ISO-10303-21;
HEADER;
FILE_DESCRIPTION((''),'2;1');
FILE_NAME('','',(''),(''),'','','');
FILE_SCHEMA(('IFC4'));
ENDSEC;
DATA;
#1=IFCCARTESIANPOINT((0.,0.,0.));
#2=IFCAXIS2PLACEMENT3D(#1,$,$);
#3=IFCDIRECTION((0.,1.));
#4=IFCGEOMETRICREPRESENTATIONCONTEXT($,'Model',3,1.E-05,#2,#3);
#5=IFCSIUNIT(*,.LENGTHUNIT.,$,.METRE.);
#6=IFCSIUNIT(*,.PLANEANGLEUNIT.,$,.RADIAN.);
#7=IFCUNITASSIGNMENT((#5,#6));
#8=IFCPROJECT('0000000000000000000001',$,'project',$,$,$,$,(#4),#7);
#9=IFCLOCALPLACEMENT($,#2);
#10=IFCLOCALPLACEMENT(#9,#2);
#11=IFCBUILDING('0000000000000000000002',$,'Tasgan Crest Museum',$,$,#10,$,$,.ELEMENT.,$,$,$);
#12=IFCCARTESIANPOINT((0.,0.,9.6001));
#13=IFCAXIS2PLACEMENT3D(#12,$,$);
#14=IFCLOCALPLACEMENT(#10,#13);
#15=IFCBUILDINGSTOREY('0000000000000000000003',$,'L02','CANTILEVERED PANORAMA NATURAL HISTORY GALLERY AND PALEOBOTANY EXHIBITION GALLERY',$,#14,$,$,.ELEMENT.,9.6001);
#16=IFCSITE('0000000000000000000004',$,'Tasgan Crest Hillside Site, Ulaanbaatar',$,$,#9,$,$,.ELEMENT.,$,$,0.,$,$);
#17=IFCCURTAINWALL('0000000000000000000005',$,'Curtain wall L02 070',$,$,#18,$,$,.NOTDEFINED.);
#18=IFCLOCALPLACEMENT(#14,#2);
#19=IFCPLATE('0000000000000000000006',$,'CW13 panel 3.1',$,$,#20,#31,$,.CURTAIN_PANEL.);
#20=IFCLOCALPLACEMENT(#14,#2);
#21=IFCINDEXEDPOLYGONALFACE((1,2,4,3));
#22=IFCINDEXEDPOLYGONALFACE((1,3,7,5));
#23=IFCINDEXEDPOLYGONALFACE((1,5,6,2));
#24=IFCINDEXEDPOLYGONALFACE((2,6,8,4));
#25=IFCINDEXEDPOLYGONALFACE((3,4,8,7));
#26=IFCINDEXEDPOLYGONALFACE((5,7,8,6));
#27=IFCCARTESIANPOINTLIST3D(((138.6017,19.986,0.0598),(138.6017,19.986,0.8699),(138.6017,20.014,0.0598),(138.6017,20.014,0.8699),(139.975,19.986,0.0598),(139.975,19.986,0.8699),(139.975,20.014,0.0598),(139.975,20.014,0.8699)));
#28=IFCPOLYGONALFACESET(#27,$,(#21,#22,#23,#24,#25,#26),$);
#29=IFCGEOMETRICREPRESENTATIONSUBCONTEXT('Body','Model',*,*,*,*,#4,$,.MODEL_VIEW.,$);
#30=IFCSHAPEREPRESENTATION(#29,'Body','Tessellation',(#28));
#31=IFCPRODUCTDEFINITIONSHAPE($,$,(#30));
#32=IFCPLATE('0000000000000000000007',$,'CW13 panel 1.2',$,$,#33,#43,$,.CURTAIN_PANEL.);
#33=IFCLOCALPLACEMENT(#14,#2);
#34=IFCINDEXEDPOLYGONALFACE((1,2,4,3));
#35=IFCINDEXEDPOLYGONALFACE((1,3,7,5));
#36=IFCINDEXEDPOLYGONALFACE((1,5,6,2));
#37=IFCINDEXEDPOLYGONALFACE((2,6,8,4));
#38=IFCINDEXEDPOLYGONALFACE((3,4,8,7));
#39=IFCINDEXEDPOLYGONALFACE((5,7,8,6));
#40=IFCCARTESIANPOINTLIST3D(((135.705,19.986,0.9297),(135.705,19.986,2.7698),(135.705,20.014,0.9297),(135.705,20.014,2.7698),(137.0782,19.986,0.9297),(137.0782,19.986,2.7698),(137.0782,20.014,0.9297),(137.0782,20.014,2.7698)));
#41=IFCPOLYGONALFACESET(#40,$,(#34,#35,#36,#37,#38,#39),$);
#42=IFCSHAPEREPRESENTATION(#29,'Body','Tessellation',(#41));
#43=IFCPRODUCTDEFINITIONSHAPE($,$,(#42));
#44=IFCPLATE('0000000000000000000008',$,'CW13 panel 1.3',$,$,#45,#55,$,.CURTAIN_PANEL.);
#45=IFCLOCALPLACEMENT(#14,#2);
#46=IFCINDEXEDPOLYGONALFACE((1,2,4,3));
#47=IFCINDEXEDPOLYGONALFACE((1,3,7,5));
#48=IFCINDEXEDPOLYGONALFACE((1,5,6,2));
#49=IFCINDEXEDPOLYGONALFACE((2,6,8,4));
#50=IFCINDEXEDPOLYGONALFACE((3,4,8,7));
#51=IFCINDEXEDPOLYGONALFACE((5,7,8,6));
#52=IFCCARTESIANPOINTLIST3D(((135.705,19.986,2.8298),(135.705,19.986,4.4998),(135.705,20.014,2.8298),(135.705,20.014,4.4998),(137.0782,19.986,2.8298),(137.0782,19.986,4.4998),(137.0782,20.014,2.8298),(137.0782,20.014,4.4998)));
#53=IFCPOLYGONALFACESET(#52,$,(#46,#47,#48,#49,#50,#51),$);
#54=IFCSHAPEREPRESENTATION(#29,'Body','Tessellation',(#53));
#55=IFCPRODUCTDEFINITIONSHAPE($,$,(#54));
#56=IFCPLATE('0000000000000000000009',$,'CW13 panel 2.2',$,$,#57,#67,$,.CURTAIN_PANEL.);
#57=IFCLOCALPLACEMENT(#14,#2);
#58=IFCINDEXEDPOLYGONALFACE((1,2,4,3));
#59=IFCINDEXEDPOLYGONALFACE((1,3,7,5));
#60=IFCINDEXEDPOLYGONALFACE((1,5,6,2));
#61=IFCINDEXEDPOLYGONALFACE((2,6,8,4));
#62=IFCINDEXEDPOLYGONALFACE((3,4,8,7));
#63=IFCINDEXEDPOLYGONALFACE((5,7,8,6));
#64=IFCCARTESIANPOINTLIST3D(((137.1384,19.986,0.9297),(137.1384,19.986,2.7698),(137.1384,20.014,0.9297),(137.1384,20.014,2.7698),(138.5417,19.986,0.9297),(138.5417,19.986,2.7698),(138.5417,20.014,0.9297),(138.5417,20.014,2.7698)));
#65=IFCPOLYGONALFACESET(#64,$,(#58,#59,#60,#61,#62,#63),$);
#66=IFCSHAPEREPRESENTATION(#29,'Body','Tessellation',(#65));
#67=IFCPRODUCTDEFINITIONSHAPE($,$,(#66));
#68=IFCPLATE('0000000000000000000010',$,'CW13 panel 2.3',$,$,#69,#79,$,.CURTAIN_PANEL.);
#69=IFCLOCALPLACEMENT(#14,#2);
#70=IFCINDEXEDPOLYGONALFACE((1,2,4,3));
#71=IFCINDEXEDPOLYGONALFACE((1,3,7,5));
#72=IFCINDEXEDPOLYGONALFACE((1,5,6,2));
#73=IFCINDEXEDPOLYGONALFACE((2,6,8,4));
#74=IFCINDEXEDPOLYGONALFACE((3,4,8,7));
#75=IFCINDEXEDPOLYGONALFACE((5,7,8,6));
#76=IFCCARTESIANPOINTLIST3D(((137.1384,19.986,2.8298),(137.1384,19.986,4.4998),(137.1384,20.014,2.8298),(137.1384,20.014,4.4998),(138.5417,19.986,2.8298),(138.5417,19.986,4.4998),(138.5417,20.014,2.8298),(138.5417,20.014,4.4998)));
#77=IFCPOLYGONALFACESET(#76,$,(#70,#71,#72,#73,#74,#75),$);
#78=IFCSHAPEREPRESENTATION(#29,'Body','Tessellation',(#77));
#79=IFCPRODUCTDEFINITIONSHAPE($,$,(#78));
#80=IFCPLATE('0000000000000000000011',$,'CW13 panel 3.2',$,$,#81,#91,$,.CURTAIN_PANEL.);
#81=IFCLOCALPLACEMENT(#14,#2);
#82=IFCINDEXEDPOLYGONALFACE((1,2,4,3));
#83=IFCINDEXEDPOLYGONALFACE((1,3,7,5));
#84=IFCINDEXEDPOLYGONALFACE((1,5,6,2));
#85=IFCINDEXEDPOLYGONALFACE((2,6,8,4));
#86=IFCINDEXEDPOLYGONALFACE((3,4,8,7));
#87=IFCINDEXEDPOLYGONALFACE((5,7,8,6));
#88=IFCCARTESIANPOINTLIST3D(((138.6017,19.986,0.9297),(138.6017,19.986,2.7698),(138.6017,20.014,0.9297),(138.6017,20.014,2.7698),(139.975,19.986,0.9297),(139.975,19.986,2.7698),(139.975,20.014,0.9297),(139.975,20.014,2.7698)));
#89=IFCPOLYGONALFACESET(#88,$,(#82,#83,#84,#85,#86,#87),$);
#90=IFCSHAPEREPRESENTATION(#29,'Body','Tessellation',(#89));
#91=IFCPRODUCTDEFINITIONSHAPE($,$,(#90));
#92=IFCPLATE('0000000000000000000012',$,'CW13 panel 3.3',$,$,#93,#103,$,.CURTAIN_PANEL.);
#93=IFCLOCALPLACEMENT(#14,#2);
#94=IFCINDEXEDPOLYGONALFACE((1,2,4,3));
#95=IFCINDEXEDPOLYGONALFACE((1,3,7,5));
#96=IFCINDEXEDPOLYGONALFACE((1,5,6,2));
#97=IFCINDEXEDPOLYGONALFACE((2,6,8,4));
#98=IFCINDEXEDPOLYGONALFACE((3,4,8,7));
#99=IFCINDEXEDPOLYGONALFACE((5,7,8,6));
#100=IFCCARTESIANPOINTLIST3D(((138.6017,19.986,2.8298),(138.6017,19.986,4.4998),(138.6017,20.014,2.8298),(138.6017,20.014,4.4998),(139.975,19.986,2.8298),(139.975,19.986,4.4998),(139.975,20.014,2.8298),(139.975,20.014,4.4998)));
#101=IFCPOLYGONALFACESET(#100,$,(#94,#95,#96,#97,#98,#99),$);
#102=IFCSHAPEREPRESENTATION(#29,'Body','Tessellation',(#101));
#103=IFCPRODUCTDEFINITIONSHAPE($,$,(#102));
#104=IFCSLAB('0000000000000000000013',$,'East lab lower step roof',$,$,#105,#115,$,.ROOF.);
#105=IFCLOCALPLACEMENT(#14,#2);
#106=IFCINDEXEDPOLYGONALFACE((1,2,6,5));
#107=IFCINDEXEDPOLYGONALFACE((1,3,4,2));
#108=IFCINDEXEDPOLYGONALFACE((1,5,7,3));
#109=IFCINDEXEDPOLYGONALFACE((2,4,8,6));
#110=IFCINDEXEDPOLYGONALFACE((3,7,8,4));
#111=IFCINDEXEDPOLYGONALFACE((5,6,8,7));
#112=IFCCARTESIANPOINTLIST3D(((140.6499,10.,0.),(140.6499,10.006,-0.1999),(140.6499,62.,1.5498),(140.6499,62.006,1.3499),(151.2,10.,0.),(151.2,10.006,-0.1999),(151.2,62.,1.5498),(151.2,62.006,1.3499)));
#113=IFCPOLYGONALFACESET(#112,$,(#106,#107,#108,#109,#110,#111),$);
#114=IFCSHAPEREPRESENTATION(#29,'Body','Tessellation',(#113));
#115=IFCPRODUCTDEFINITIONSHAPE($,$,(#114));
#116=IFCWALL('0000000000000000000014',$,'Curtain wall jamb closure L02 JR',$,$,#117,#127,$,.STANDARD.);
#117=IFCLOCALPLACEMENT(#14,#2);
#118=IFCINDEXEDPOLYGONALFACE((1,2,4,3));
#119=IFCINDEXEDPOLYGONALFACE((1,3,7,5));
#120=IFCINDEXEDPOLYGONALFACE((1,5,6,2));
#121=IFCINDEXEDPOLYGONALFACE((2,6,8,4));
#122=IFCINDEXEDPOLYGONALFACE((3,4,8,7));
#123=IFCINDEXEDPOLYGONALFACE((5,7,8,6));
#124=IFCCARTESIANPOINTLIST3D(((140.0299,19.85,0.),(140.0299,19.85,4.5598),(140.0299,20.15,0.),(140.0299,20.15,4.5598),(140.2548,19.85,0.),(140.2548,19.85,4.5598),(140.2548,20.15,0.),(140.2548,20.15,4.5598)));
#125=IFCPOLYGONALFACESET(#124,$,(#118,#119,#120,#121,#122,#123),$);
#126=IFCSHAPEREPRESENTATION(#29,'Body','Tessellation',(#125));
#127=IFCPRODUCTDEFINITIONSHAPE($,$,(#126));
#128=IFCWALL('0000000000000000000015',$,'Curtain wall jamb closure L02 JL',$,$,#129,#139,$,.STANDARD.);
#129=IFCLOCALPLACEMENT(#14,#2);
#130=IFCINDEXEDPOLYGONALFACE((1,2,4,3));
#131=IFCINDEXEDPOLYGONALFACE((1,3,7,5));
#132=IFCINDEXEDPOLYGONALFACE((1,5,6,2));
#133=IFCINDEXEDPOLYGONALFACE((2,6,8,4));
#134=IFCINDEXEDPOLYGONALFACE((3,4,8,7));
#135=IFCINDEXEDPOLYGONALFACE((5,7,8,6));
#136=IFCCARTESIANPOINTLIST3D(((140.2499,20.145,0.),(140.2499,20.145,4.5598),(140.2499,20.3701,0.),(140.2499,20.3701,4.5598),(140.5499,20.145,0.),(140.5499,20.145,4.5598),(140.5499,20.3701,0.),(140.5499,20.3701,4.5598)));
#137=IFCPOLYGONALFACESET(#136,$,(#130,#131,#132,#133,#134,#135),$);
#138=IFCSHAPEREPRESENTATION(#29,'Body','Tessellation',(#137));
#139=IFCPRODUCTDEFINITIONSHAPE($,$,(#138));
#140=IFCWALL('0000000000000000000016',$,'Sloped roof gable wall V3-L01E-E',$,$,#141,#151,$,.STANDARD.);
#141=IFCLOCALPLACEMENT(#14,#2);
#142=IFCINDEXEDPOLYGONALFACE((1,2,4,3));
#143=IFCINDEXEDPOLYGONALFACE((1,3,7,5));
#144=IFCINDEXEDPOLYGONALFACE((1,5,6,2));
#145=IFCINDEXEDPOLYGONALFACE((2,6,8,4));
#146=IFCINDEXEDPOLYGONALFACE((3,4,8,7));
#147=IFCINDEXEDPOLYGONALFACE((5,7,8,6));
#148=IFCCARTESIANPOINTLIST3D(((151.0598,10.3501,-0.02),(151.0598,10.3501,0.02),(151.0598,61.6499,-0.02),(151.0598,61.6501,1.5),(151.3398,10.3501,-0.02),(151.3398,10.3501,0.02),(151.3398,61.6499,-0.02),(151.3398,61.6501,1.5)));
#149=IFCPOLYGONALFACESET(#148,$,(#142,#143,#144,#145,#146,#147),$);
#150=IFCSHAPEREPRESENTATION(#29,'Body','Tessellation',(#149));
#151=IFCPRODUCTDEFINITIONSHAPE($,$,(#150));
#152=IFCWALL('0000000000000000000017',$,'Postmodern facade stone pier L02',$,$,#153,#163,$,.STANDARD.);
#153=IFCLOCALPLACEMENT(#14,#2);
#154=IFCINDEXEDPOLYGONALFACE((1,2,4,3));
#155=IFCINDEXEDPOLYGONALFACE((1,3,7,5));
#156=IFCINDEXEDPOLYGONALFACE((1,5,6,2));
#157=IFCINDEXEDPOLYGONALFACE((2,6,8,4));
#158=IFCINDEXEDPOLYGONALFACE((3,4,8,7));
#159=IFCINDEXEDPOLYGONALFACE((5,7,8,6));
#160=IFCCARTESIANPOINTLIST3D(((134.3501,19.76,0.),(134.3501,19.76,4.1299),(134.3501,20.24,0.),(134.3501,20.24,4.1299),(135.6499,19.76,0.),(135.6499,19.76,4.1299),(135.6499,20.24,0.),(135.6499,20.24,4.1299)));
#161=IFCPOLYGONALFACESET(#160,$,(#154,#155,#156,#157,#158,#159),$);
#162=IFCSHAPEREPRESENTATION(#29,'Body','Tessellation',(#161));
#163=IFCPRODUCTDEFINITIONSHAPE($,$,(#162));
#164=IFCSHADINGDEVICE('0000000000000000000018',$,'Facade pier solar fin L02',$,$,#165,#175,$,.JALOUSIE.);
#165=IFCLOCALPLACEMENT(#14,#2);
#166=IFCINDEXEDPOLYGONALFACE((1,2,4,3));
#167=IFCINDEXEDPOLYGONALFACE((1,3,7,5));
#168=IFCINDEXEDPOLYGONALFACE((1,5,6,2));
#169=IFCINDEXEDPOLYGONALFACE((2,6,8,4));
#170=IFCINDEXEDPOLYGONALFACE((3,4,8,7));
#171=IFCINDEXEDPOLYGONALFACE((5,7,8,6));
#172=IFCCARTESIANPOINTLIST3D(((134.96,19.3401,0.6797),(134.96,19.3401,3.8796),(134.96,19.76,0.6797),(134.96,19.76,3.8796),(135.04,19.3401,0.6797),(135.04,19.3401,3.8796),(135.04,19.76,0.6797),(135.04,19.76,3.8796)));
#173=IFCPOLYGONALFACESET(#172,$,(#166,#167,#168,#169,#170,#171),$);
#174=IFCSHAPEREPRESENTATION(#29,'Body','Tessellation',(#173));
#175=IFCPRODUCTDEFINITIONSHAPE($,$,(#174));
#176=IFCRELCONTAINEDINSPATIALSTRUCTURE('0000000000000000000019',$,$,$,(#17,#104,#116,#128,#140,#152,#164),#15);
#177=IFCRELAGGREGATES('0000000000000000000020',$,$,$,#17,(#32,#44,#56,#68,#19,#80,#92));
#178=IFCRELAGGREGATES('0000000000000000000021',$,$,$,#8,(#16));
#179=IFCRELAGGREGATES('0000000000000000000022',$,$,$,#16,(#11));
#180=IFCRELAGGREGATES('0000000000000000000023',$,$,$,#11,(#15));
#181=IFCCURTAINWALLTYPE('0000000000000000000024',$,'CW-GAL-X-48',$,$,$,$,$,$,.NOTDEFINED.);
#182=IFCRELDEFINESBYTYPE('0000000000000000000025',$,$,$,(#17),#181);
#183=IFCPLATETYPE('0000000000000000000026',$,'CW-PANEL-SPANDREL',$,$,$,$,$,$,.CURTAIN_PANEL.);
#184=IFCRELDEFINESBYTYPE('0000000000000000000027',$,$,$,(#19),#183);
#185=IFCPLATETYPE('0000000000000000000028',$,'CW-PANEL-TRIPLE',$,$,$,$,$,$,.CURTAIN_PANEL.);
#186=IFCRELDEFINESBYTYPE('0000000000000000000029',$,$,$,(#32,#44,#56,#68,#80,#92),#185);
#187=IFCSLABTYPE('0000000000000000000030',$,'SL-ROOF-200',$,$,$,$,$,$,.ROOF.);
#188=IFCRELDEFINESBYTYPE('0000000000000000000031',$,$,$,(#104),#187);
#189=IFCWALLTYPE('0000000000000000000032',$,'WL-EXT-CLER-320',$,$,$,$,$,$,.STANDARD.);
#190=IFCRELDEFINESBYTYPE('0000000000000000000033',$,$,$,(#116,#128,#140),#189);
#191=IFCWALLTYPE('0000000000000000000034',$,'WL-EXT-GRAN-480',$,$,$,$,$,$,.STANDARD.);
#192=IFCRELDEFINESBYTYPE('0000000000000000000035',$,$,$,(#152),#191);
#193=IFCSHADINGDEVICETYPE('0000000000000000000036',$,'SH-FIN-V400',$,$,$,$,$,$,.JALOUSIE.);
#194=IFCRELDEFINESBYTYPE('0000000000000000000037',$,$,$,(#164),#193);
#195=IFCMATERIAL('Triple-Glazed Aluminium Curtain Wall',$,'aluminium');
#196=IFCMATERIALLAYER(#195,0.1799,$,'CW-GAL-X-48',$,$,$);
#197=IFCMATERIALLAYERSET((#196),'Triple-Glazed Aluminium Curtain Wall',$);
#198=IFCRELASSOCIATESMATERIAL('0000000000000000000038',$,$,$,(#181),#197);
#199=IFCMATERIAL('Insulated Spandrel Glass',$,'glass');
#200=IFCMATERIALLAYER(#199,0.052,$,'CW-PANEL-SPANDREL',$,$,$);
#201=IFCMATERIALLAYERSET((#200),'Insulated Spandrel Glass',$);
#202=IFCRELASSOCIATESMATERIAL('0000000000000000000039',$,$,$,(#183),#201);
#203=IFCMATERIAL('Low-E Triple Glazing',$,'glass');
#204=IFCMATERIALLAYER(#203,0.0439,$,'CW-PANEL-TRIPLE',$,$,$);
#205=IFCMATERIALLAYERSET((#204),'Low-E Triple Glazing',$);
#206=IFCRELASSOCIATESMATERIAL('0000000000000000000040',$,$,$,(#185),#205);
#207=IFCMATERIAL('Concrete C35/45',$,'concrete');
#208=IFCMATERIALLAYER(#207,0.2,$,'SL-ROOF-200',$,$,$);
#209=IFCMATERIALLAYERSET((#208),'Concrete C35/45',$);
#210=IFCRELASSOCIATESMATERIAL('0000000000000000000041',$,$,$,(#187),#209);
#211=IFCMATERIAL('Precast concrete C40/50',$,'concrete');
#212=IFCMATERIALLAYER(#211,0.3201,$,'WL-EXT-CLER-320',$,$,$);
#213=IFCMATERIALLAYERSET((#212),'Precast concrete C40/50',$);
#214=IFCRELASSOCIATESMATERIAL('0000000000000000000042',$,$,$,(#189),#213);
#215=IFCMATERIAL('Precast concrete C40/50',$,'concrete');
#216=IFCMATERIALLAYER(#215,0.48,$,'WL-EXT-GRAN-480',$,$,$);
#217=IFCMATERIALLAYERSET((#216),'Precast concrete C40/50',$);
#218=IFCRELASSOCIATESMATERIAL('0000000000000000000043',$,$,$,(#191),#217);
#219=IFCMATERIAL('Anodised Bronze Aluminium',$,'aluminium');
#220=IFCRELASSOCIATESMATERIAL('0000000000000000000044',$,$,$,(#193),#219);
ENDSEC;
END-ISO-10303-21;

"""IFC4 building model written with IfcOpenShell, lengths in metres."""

from ifc_helpers import new_model, si_unit, direction, frame, frame_2d, origin, origin_2d, place, context, subcontext, project, spatial, polyline, rectangle, outline, extrude, material, layer, layer_set, type_object, element, aggregate, save


model = new_model("IFC4")

# Units and contexts
model_context = context("Model", 3, precision=1e-05, world=origin(), true_north=direction((0.0, 1.0)))
body_context = subcontext(model_context, "Body", "Model", "MODEL_VIEW")
ifc_project = project(units=[si_unit("LENGTHUNIT", "METRE"), si_unit("PLANEANGLEUNIT", "RADIAN")], contexts=[model_context])

# Site, building, storey
site_placement = place(None, origin())
site = spatial("IfcSite", under=ifc_project, at=site_placement, Name="Tasgan Crest Hillside Site, Ulaanbaatar", CompositionType="ELEMENT", RefElevation=0.0)
building_placement = place(site_placement, origin())
building = spatial("IfcBuilding", under=site, at=building_placement, Name="Tasgan Crest Museum", CompositionType="ELEMENT")
storey_placement = place(building_placement, frame((0.0, 0.0, 9.6001)))
storey = spatial("IfcBuildingStorey", under=building, at=storey_placement, Name="L02", Description="CANTILEVERED PANORAMA NATURAL HISTORY GALLERY AND PALEOBOTANY EXHIBITION GALLERY", CompositionType="ELEMENT", Elevation=9.6001)

# Shared definitions
ifc_material_1 = material(Name="Triple-Glazed Aluminium Curtain Wall", Category="aluminium")
ifc_layer_1 = layer(ifc_material_1, 0.1799, Name="CW-GAL-X-48")
ifc_layer_set_1 = layer_set([ifc_layer_1], Name="Triple-Glazed Aluminium Curtain Wall")
curtain_wall_type = type_object("IfcCurtainWallType", Name="CW-GAL-X-48", PredefinedType="NOTDEFINED", material=ifc_layer_set_1)

# Curtain wall, plates
curtain_wall_1_placement = place(storey_placement, origin())
curtain_wall_1 = element("IfcCurtainWall", 1, at=curtain_wall_1_placement, inside=storey, type_object=curtain_wall_type, Name="Curtain wall L02 070", PredefinedType="NOTDEFINED")
ifc_material_2 = material(Name="Insulated Spandrel Glass", Category="glass")
ifc_layer_2 = layer(ifc_material_2, 0.052, Name="CW-PANEL-SPANDREL")
ifc_layer_set_2 = layer_set([ifc_layer_2], Name="Insulated Spandrel Glass")
plate_type_1 = type_object("IfcPlateType", Name="CW-PANEL-SPANDREL", PredefinedType="CURTAIN_PANEL", material=ifc_layer_set_2)
plate_1_placement = place(storey_placement, frame((139.2883, 20.0, 0.0598), z_axis=(0.0, 0.0, 1.0), x_axis=(1.0, 0.0, 0.0)))
plate_1 = element("IfcPlate", 2, at=plate_1_placement, type_object=plate_type_1, Name="CW13 panel 3.1", PredefinedType="CURTAIN_PANEL", context=body_context, shape_type="SweptSolid", body=[
    extrude(rectangle(XDim=1.3733, YDim=0.0281, at=origin_2d()), origin(), (0.0, 0.0, 1.0), 0.8101),
])
ifc_material_3 = material(Name="Low-E Triple Glazing", Category="glass")
ifc_layer_3 = layer(ifc_material_3, 0.0439, Name="CW-PANEL-TRIPLE")
ifc_layer_set_3 = layer_set([ifc_layer_3], Name="Low-E Triple Glazing")
plate_type_2 = type_object("IfcPlateType", Name="CW-PANEL-TRIPLE", PredefinedType="CURTAIN_PANEL", material=ifc_layer_set_3)
plate_2_placement = place(storey_placement, frame((136.3916, 20.0, 0.9297), z_axis=(0.0, 0.0, 1.0), x_axis=(1.0, 0.0, 0.0)))
plate_2 = element("IfcPlate", 3, at=plate_2_placement, type_object=plate_type_2, Name="CW13 panel 1.2", PredefinedType="CURTAIN_PANEL", context=body_context, shape_type="SweptSolid", body=[
    extrude(rectangle(XDim=1.3733, YDim=0.0281, at=origin_2d()), origin(), (0.0, 0.0, 1.0), 1.8401),
])
plate_3_placement = place(storey_placement, frame((136.3916, 20.0, 2.8298), z_axis=(0.0, 0.0, 1.0), x_axis=(1.0, 0.0, 0.0)))
plate_3 = element("IfcPlate", 4, at=plate_3_placement, type_object=plate_type_2, Name="CW13 panel 1.3", PredefinedType="CURTAIN_PANEL", context=body_context, shape_type="SweptSolid", body=[
    extrude(rectangle(XDim=1.3733, YDim=0.0281, at=origin_2d()), origin(), (0.0, 0.0, 1.0), 1.6699),
])
plate_4_placement = place(storey_placement, frame((137.8401, 20.0, 0.9297), z_axis=(0.0, 0.0, 1.0), x_axis=(1.0, 0.0, 0.0)))
plate_4 = element("IfcPlate", 5, at=plate_4_placement, type_object=plate_type_2, Name="CW13 panel 2.2", PredefinedType="CURTAIN_PANEL", context=body_context, shape_type="SweptSolid", body=[
    extrude(rectangle(XDim=1.4033, YDim=0.0281, at=origin_2d()), origin(), (0.0, 0.0, 1.0), 1.8401),
])
plate_5_placement = place(storey_placement, frame((137.8401, 20.0, 2.8298), z_axis=(0.0, 0.0, 1.0), x_axis=(1.0, 0.0, 0.0)))
plate_5 = element("IfcPlate", 6, at=plate_5_placement, type_object=plate_type_2, Name="CW13 panel 2.3", PredefinedType="CURTAIN_PANEL", context=body_context, shape_type="SweptSolid", body=[
    extrude(rectangle(XDim=1.4033, YDim=0.0281, at=origin_2d()), origin(), (0.0, 0.0, 1.0), 1.6699),
])
plate_6_placement = place(storey_placement, frame((139.2883, 20.0, 0.9297), z_axis=(0.0, 0.0, 1.0), x_axis=(1.0, 0.0, 0.0)))
plate_6 = element("IfcPlate", 7, at=plate_6_placement, type_object=plate_type_2, Name="CW13 panel 3.2", PredefinedType="CURTAIN_PANEL", context=body_context, shape_type="SweptSolid", body=[
    extrude(rectangle(XDim=1.3733, YDim=0.0281, at=origin_2d()), origin(), (0.0, 0.0, 1.0), 1.8401),
])
plate_7_placement = place(storey_placement, frame((139.2883, 20.0, 2.8298), z_axis=(0.0, 0.0, 1.0), x_axis=(1.0, 0.0, 0.0)))
plate_7 = element("IfcPlate", 8, at=plate_7_placement, type_object=plate_type_2, Name="CW13 panel 3.3", PredefinedType="CURTAIN_PANEL", context=body_context, shape_type="SweptSolid", body=[
    extrude(rectangle(XDim=1.3733, YDim=0.0281, at=origin_2d()), origin(), (0.0, 0.0, 1.0), 1.6699),
])
aggregate(curtain_wall_1, [plate_2, plate_3, plate_4, plate_5, plate_1, plate_6, plate_7])

# Slab
ifc_material_4 = material(Name="Concrete C35/45", Category="concrete")
ifc_layer_4 = layer(ifc_material_4, 0.2, Name="SL-ROOF-200")
ifc_layer_set_4 = layer_set([ifc_layer_4], Name="Concrete C35/45")
slab_type = type_object("IfcSlabType", Name="SL-ROOF-200", PredefinedType="ROOF", material=ifc_layer_set_4)
slab_placement = place(storey_placement, frame((140.6499, 10.0, 0.0), z_axis=(0.0, -0.029791, 0.999556), x_axis=(1.0, 0.0, 0.0)))
element("IfcSlab", 9, at=slab_placement, inside=storey, type_object=slab_type, Name="East lab lower step roof", PredefinedType="ROOF", context=body_context, shape_type="SweptSolid", body=[
    extrude(outline(polyline([(0.0, 0.0), (10.55, 0.0), (10.55, 52.0231), (0.0, 52.0231), (0.0, 0.0)])), origin(), (0.0, 0.0, -1.0), 0.2),
])

# Walls
ifc_material_5 = material(Name="Precast concrete C40/50", Category="concrete")
ifc_layer_5 = layer(ifc_material_5, 0.3201, Name="WL-EXT-CLER-320")
ifc_layer_set_5 = layer_set([ifc_layer_5], Name="Precast concrete C40/50")
wall_type_1 = type_object("IfcWallType", Name="WL-EXT-CLER-320", PredefinedType="STANDARD", material=ifc_layer_set_5)
wall_1_placement = place(storey_placement, frame((140.03, 20.0, 0.0), z_axis=(0.0, 0.0, 1.0), x_axis=(1.0, 0.0, 0.0)))
element("IfcWall", 10, at=wall_1_placement, inside=storey, type_object=wall_type_1, Name="Curtain wall jamb closure L02 JR", PredefinedType="STANDARD", context=body_context, shape_type="SweptSolid", body=[
    extrude(rectangle(XDim=0.2249, YDim=0.3, at=frame_2d((0.1123, 0.0))), origin(), (0.0, 0.0, 1.0), 4.5598),
])
wall_2_placement = place(storey_placement, frame((140.3999, 20.145, 0.0), z_axis=(0.0, 0.0, 1.0), x_axis=(0.0, 1.0, 0.0)))
element("IfcWall", 11, at=wall_2_placement, inside=storey, type_object=wall_type_1, Name="Curtain wall jamb closure L02 JL", PredefinedType="STANDARD", context=body_context, shape_type="SweptSolid", body=[
    extrude(rectangle(XDim=0.2251, YDim=0.3, at=frame_2d((0.1125, 0.0))), origin(), (0.0, 0.0, 1.0), 4.5598),
])
wall_3_placement = place(storey_placement, frame((151.2, 10.3501, -0.02), z_axis=(0.0, 0.0, 1.0), x_axis=(0.0, 1.0, 0.0)))
element("IfcWall", 12, at=wall_3_placement, inside=storey, type_object=wall_type_1, Name="Sloped roof gable wall V3-L01E-E", PredefinedType="STANDARD", context=body_context, shape_type="SweptSolid", body=[
    extrude(outline(polyline([(0.0, 0.0), (51.2998, 0.0), (51.3, 1.52), (0.0, 0.04), (0.0, 0.0)])), frame((0.0, 0.1401, 0.0), z_axis=(0.0, -1.0, 0.0), x_axis=(1.0, 0.0, 0.0)), (0.0, 0.0, 1.0), 0.28),
])
ifc_material_6 = material(Name="Precast concrete C40/50", Category="concrete")
ifc_layer_6 = layer(ifc_material_6, 0.48, Name="WL-EXT-GRAN-480")
ifc_layer_set_6 = layer_set([ifc_layer_6], Name="Precast concrete C40/50")
wall_type_2 = type_object("IfcWallType", Name="WL-EXT-GRAN-480", PredefinedType="STANDARD", material=ifc_layer_set_6)
wall_4_placement = place(storey_placement, frame((134.3501, 20.0, 0.0), z_axis=(0.0, 0.0, 1.0), x_axis=(1.0, 0.0, 0.0)))
element("IfcWall", 13, at=wall_4_placement, inside=storey, type_object=wall_type_2, Name="Postmodern facade stone pier L02", PredefinedType="STANDARD", context=body_context, shape_type="SweptSolid", body=[
    extrude(rectangle(XDim=1.2998, YDim=0.48, at=frame_2d((0.6499, 0.0))), origin(), (0.0, 0.0, 1.0), 4.1299),
])

# Shading device
ifc_material_7 = material(Name="Anodised Bronze Aluminium", Category="aluminium")
shading_device_type = type_object("IfcShadingDeviceType", Name="SH-FIN-V400", PredefinedType="JALOUSIE", material=ifc_material_7)
shading_device_placement = place(storey_placement, frame((135.0, 19.55, 0.6797), z_axis=(0.0, 0.0, 1.0), x_axis=(1.0, 0.0, 0.0)))
element("IfcShadingDevice", 14, at=shading_device_placement, inside=storey, type_object=shading_device_type, Name="Facade pier solar fin L02", PredefinedType="JALOUSIE", context=body_context, shape_type="SweptSolid", body=[
    extrude(rectangle(XDim=0.0801, YDim=0.4199, at=origin_2d()), origin(), (0.0, 0.0, 1.0), 3.2),
])

save(model, "model.ifc")
